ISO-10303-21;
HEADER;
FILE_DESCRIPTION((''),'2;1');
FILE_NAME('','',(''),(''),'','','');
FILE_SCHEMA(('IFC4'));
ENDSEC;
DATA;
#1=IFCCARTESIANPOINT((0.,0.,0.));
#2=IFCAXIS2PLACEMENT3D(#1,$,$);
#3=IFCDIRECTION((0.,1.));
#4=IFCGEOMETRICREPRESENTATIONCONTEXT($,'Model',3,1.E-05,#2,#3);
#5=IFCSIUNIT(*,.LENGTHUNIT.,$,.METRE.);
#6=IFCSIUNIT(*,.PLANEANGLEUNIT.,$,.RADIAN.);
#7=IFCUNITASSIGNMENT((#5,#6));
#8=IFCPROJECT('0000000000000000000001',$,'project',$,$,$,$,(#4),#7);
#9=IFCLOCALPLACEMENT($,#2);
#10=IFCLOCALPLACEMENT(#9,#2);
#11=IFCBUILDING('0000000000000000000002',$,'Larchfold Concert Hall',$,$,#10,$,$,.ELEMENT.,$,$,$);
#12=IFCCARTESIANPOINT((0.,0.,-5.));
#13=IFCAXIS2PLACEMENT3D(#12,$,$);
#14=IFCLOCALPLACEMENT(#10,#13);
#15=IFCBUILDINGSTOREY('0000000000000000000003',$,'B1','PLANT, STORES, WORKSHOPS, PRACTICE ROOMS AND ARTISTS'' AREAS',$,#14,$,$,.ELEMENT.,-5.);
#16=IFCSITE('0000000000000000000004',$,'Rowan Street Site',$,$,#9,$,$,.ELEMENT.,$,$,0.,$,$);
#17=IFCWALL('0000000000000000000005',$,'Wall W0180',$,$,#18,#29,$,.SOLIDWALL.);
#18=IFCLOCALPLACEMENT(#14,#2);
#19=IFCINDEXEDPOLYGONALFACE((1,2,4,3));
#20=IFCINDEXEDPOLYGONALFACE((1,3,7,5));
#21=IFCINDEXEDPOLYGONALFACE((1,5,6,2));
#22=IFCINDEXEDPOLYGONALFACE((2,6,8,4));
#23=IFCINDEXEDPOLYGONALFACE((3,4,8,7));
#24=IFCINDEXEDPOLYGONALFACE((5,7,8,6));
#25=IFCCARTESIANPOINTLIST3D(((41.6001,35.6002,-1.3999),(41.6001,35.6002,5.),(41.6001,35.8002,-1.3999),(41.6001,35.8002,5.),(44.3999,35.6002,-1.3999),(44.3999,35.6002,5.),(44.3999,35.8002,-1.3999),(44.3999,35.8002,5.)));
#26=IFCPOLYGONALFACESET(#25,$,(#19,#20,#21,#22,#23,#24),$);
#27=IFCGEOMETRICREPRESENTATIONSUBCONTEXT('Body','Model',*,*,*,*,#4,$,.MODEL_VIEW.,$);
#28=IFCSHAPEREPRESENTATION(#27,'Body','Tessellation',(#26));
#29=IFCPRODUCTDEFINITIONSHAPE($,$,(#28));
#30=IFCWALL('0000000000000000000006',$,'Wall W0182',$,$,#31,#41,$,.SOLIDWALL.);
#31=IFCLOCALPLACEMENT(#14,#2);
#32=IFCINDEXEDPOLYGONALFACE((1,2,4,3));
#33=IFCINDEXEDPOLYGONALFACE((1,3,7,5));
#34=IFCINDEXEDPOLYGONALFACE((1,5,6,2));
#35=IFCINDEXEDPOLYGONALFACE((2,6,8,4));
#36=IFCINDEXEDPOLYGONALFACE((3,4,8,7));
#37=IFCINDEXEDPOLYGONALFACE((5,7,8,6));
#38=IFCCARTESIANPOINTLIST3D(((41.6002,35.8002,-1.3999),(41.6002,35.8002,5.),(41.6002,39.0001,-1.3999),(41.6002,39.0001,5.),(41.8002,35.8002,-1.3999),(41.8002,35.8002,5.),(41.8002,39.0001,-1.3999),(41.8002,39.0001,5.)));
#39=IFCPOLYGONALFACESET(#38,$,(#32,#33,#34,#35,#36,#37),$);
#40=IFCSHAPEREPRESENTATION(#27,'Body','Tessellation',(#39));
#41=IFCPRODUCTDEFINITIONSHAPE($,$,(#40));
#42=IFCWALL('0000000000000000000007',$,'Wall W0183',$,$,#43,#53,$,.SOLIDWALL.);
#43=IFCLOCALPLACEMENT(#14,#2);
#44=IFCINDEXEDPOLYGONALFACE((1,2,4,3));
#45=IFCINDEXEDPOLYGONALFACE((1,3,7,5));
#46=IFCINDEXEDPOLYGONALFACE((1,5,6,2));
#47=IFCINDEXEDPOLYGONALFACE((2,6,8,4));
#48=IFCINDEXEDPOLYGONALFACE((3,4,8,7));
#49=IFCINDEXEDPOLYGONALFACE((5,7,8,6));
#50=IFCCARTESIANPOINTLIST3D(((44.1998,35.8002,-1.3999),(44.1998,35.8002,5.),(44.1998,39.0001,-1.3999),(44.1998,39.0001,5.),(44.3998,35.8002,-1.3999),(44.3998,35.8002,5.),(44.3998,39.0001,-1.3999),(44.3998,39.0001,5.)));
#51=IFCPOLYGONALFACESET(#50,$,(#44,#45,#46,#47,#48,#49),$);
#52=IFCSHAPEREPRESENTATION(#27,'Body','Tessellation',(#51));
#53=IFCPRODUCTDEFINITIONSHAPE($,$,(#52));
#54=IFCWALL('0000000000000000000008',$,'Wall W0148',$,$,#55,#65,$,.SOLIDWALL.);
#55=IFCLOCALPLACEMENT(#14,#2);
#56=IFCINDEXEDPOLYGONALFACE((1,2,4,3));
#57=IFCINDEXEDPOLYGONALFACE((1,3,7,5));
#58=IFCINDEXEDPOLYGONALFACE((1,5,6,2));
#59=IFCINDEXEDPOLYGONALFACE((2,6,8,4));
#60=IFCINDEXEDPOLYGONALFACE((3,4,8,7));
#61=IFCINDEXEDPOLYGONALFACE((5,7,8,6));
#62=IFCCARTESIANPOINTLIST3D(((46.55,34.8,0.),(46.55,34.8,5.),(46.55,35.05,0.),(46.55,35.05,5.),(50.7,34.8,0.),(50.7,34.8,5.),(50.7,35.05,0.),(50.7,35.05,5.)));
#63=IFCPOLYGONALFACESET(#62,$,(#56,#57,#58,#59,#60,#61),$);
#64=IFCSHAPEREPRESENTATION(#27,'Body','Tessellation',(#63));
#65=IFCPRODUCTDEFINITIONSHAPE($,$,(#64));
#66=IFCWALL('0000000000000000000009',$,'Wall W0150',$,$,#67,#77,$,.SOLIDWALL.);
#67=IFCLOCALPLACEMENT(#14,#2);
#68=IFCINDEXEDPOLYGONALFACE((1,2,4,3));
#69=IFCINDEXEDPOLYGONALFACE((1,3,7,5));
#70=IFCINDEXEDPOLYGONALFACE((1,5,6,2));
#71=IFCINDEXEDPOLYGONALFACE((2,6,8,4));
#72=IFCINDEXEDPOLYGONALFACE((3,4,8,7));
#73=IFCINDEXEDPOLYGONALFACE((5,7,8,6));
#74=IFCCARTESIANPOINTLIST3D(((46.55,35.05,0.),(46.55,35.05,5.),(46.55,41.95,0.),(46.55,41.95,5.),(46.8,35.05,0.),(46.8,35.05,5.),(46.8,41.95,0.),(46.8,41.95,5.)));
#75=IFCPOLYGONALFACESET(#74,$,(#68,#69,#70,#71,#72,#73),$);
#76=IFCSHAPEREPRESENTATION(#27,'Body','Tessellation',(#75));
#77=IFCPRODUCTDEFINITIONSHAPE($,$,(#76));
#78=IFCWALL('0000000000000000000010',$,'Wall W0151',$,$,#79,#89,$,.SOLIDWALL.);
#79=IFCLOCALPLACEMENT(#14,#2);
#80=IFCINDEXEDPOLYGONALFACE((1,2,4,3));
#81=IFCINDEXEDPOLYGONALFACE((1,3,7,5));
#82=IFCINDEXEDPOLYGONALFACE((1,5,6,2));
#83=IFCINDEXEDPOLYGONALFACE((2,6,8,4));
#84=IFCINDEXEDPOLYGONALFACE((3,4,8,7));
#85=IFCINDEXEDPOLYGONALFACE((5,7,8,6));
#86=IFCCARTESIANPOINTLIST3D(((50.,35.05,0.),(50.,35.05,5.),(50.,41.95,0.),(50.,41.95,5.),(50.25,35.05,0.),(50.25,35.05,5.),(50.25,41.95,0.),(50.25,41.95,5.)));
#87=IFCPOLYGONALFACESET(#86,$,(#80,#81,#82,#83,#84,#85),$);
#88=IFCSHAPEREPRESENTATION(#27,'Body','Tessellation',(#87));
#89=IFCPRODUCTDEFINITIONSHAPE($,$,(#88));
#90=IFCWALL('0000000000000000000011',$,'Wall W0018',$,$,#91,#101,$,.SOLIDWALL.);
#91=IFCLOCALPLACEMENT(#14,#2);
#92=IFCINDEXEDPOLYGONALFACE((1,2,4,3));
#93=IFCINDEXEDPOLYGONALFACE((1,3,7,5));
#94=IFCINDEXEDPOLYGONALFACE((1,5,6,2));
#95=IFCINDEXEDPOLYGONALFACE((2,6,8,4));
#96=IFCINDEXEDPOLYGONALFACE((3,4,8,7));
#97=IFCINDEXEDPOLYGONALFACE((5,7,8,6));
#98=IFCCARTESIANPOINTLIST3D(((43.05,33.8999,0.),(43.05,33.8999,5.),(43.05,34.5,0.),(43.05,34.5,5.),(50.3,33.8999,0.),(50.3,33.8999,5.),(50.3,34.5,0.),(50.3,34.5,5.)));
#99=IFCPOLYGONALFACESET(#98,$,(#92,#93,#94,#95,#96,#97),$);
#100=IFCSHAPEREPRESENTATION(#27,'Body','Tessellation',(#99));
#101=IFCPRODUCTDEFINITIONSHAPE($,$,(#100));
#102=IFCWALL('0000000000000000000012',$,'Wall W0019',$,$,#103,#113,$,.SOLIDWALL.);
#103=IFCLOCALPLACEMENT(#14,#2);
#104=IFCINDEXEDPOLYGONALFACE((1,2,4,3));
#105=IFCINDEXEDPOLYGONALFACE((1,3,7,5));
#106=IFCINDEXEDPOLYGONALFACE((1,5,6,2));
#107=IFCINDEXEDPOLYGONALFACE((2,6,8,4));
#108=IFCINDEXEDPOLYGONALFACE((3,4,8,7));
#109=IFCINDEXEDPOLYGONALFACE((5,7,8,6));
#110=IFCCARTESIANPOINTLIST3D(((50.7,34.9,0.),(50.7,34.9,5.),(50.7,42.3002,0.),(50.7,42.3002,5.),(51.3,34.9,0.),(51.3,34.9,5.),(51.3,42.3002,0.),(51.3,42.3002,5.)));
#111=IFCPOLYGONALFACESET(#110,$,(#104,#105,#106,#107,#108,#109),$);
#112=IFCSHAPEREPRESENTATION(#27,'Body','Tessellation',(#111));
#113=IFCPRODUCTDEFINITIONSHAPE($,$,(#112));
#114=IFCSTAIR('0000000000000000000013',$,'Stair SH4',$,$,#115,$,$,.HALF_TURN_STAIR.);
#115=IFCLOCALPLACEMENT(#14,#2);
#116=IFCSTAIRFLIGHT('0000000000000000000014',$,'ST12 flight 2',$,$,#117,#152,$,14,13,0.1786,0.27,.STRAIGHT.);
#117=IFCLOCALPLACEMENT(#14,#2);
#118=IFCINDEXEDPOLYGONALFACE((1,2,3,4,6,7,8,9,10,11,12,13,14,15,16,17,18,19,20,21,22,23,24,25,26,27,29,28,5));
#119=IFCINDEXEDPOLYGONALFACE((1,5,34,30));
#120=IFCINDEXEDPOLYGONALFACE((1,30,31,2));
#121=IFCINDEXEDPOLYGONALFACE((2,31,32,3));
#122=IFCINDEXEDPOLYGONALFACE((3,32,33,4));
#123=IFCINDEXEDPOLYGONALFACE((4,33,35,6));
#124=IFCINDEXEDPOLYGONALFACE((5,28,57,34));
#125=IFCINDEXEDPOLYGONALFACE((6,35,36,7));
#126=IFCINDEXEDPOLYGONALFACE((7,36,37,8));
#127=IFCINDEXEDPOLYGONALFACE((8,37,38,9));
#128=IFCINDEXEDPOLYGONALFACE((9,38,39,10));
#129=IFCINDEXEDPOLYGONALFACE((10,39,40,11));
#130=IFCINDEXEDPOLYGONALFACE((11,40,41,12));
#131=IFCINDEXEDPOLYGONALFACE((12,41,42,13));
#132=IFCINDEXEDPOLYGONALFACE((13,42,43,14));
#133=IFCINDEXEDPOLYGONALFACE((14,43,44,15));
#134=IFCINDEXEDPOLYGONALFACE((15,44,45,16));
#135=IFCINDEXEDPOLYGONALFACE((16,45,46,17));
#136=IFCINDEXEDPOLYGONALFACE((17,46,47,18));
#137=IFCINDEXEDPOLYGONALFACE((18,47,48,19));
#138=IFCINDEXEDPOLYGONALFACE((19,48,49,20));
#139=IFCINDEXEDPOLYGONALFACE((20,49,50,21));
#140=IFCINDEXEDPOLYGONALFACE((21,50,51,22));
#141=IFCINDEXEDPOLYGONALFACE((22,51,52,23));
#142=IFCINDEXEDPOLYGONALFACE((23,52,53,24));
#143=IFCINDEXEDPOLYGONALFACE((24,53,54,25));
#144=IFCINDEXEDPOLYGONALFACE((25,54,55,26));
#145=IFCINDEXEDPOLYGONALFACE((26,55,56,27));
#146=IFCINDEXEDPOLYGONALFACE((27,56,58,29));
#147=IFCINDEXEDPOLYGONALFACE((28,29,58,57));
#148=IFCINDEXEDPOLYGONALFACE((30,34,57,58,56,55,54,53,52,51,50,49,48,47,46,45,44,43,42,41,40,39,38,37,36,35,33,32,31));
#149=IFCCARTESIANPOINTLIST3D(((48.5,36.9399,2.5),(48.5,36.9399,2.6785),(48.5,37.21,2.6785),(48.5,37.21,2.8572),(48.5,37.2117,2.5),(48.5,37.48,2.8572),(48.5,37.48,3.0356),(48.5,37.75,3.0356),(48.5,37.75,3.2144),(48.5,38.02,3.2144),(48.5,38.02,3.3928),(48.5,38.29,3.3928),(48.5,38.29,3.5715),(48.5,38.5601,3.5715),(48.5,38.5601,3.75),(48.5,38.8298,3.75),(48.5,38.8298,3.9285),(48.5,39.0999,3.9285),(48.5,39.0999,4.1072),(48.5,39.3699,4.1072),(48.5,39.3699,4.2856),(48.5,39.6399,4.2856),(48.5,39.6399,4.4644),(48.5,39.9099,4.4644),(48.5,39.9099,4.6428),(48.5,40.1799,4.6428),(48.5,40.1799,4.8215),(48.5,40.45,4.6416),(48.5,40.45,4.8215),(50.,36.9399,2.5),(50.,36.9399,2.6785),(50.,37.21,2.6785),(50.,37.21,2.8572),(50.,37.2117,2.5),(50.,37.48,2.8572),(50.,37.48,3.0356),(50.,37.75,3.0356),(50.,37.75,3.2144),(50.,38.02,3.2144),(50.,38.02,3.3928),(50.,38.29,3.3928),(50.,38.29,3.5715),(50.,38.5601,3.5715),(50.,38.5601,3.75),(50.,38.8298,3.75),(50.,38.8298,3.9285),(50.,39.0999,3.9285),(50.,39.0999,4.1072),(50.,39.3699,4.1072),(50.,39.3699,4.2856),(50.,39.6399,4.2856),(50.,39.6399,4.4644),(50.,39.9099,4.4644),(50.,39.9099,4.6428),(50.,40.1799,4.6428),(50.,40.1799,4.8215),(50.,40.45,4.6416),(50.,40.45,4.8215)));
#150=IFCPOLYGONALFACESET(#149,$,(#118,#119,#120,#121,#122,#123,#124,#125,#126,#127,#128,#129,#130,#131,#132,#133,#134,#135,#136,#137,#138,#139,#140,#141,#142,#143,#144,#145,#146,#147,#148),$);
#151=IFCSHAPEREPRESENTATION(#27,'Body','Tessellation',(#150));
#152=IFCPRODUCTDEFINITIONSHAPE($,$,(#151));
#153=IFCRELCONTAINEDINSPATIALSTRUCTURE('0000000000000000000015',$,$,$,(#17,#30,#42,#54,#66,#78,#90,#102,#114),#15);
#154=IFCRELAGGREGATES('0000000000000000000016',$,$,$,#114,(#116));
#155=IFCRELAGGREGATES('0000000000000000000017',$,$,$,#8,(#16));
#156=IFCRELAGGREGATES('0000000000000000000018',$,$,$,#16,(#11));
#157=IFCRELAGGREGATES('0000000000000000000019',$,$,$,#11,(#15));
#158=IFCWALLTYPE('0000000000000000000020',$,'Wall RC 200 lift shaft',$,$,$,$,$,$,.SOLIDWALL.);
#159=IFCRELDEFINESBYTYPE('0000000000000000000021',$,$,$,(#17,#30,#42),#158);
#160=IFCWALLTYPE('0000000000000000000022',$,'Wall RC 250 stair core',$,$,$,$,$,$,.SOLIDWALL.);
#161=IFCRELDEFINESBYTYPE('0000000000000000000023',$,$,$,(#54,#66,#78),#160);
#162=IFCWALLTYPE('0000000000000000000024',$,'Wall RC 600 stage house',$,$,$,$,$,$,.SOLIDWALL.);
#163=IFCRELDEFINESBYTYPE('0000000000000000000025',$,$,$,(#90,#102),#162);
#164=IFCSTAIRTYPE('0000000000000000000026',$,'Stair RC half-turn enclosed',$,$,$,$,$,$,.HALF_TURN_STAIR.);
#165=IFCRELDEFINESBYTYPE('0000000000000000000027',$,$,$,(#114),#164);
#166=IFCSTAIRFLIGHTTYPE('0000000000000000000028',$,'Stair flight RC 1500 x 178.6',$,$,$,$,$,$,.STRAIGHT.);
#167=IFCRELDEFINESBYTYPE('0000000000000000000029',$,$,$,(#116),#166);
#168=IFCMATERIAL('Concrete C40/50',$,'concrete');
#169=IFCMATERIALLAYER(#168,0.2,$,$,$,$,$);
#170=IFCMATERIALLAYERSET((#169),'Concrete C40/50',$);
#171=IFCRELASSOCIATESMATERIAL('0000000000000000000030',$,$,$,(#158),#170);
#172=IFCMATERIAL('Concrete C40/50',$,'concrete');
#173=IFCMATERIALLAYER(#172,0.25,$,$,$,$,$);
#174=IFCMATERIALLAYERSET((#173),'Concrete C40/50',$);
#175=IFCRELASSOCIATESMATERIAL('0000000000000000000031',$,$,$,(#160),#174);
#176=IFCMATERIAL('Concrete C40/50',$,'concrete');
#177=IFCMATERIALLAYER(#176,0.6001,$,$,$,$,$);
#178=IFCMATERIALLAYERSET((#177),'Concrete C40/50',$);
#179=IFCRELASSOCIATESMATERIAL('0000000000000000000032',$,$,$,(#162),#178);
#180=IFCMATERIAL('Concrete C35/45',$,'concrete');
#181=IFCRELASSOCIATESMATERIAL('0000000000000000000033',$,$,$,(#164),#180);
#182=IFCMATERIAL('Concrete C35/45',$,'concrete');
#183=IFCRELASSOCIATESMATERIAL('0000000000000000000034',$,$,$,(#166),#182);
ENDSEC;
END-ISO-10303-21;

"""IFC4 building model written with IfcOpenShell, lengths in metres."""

from ifc_helpers import new_model, si_unit, direction, frame, frame_2d, origin, place, context, subcontext, project, spatial, polyline, rectangle, outline, extrude, material, layer, layer_set, type_object, element, aggregate, save


model = new_model("IFC4")

# Units and contexts
model_context = context("Model", 3, precision=1e-05, world=origin(), true_north=direction((0.0, 1.0)))
body_context = subcontext(model_context, "Body", "Model", "MODEL_VIEW")
ifc_project = project(units=[si_unit("LENGTHUNIT", "METRE"), si_unit("PLANEANGLEUNIT", "RADIAN")], contexts=[model_context])

# Site, building, storey
site_placement = place(None, origin())
site = spatial("IfcSite", under=ifc_project, at=site_placement, Name="Rowan Street Site", CompositionType="ELEMENT", RefElevation=0.0)
building_placement = place(site_placement, origin())
building = spatial("IfcBuilding", under=site, at=building_placement, Name="Larchfold Concert Hall", CompositionType="ELEMENT")
storey_placement = place(building_placement, frame((0.0, 0.0, -5.0)))
storey = spatial("IfcBuildingStorey", under=building, at=storey_placement, Name="B1", Description="PLANT, STORES, WORKSHOPS, PRACTICE ROOMS AND ARTISTS' AREAS", CompositionType="ELEMENT", Elevation=-5.0)

# Walls
ifc_material_1 = material(Name="Concrete C40/50", Category="concrete")
ifc_layer_1 = layer(ifc_material_1, 0.2)
ifc_layer_set_1 = layer_set([ifc_layer_1], Name="Concrete C40/50")
wall_type_1 = type_object("IfcWallType", Name="Wall RC 200 lift shaft", PredefinedType="SOLIDWALL", material=ifc_layer_set_1)
wall_1_placement = place(storey_placement, frame((41.6001, 35.7002, -1.3999), z_axis=(0.0, 0.0, 1.0), x_axis=(1.0, 0.0, 0.0)))
element("IfcWall", 1, at=wall_1_placement, inside=storey, type_object=wall_type_1, Name="Wall W0180", PredefinedType="SOLIDWALL", context=body_context, shape_type="SweptSolid", body=[
    extrude(rectangle(XDim=2.7998, YDim=0.2, at=frame_2d((1.3999, 0.0))), origin(), (0.0, 0.0, 1.0), 6.3999),
])
for number, where, z_axis, x_axis, name in (
    (2, (41.7002, 35.8, -1.3999), (0.0, 0.0, 1.0), (0.0, 1.0, 0.0), "Wall W0182"),
    (3, (44.2998, 35.8, -1.3999), (0.0, 0.0, 1.0), (0.0, 1.0, 0.0), "Wall W0183"),
):
    element("IfcWall", number, at=place(storey_placement, frame(where, z_axis=z_axis, x_axis=x_axis)), inside=storey, type_object=wall_type_1, Name=name, PredefinedType="SOLIDWALL", context=body_context, shape_type="SweptSolid", body=[
        extrude(rectangle(XDim=3.2, YDim=0.2, at=frame_2d((1.6001, 0.0))), origin(), (0.0, 0.0, 1.0), 6.3999),
    ])
ifc_material_2 = material(Name="Concrete C40/50", Category="concrete")
ifc_layer_2 = layer(ifc_material_2, 0.25)
ifc_layer_set_2 = layer_set([ifc_layer_2], Name="Concrete C40/50")
wall_type_2 = type_object("IfcWallType", Name="Wall RC 250 stair core", PredefinedType="SOLIDWALL", material=ifc_layer_set_2)
wall_2_placement = place(storey_placement, frame((46.55, 34.925, 0.0), z_axis=(0.0, 0.0, 1.0), x_axis=(1.0, 0.0, 0.0)))
element("IfcWall", 4, at=wall_2_placement, inside=storey, type_object=wall_type_2, Name="Wall W0148", PredefinedType="SOLIDWALL", context=body_context, shape_type="SweptSolid", body=[
    extrude(rectangle(XDim=4.1499, YDim=0.25, at=frame_2d((2.075, 0.0))), origin(), (0.0, 0.0, 1.0), 5.0),
])
for number, where, z_axis, x_axis, name in (
    (5, (46.675, 35.05, 0.0), (0.0, 0.0, 1.0), (0.0, 1.0, 0.0), "Wall W0150"),
    (6, (50.125, 35.05, 0.0), (0.0, 0.0, 1.0), (0.0, 1.0, 0.0), "Wall W0151"),
):
    element("IfcWall", number, at=place(storey_placement, frame(where, z_axis=z_axis, x_axis=x_axis)), inside=storey, type_object=wall_type_2, Name=name, PredefinedType="SOLIDWALL", context=body_context, shape_type="SweptSolid", body=[
        extrude(rectangle(XDim=6.8999, YDim=0.25, at=frame_2d((3.45, 0.0))), origin(), (0.0, 0.0, 1.0), 5.0),
    ])
ifc_material_3 = material(Name="Concrete C40/50", Category="concrete")
ifc_layer_3 = layer(ifc_material_3, 0.6001)
ifc_layer_set_3 = layer_set([ifc_layer_3], Name="Concrete C40/50")
wall_type_3 = type_object("IfcWallType", Name="Wall RC 600 stage house", PredefinedType="SOLIDWALL", material=ifc_layer_set_3)
wall_3_placement = place(storey_placement, frame((43.05, 34.2, 0.0), z_axis=(0.0, 0.0, 1.0), x_axis=(1.0, 0.0, 0.0)))
element("IfcWall", 7, at=wall_3_placement, inside=storey, type_object=wall_type_3, Name="Wall W0018", PredefinedType="SOLIDWALL", context=body_context, shape_type="SweptSolid", body=[
    extrude(rectangle(XDim=7.25, YDim=0.6001, at=frame_2d((3.625, 0.0))), origin(), (0.0, 0.0, 1.0), 5.0),
])
wall_4_placement = place(storey_placement, frame((51.0, 34.8999, 0.0), z_axis=(0.0, 0.0, 1.0), x_axis=(0.0, 1.0, 0.0)))
element("IfcWall", 8, at=wall_4_placement, inside=storey, type_object=wall_type_3, Name="Wall W0019", PredefinedType="SOLIDWALL", context=body_context, shape_type="SweptSolid", body=[
    extrude(rectangle(XDim=7.4001, YDim=0.6001, at=frame_2d((3.7002, 0.0))), origin(), (0.0, 0.0, 1.0), 5.0),
])

# Stair, stair flight
ifc_material_4 = material(Name="Concrete C35/45", Category="concrete")
stair_type = type_object("IfcStairType", Name="Stair RC half-turn enclosed", PredefinedType="HALF_TURN_STAIR", material=ifc_material_4)
stair_placement = place(storey_placement, origin())
stair = element("IfcStair", 9, at=stair_placement, inside=storey, type_object=stair_type, Name="Stair SH4", PredefinedType="HALF_TURN_STAIR")
ifc_material_5 = material(Name="Concrete C35/45", Category="concrete")
stair_flight_type = type_object("IfcStairFlightType", Name="Stair flight RC 1500 x 178.6", PredefinedType="STRAIGHT", material=ifc_material_5)
stair_flight_placement = place(storey_placement, frame((49.25, 36.9399, 2.5), z_axis=(0.0, 0.0, 1.0), x_axis=(0.0, 1.0, 0.0)))
stair_flight = element("IfcStairFlight", 10, at=stair_flight_placement, type_object=stair_flight_type, Name="ST12 flight 2", NumberOfRisers=14, NumberOfTreads=13, PredefinedType="STRAIGHT", RiserHeight=0.1786, TreadLength=0.27, context=body_context, shape_type="SweptSolid", body=[
    extrude(outline(polyline([(0.0, 0.0), (0.0, 0.1785), (0.27, 0.1785), (0.27, 0.3572), (0.54, 0.3572), (0.54, 0.5356), (0.8101, 0.5356), (0.8101, 0.7144), (1.0801, 0.7144), (1.0801, 0.8928), (1.3501, 0.8928), (1.3501, 1.0715), (1.6201, 1.0715), (1.6201, 1.25), (1.8899, 1.25), (1.8899, 1.4285), (2.1599, 1.4285), (2.1599, 1.6072), (2.4299, 1.6072), (2.4299, 1.7856), (2.7, 1.7856), (2.7, 1.9644), (2.97, 1.9644), (2.97, 2.1428), (3.24, 2.1428), (3.24, 2.3215), (3.51, 2.3215), (3.51, 2.5), (3.51, 2.1416), (0.2717, 0.0), (0.0, 0.0)])), frame((0.0, 0.75, 0.0), z_axis=(0.0, -1.0, 0.0), x_axis=(1.0, 0.0, 0.0)), (0.0, 0.0, 1.0), 1.5),
])
aggregate(stair, [stair_flight])

save(model, "model.ifc")
